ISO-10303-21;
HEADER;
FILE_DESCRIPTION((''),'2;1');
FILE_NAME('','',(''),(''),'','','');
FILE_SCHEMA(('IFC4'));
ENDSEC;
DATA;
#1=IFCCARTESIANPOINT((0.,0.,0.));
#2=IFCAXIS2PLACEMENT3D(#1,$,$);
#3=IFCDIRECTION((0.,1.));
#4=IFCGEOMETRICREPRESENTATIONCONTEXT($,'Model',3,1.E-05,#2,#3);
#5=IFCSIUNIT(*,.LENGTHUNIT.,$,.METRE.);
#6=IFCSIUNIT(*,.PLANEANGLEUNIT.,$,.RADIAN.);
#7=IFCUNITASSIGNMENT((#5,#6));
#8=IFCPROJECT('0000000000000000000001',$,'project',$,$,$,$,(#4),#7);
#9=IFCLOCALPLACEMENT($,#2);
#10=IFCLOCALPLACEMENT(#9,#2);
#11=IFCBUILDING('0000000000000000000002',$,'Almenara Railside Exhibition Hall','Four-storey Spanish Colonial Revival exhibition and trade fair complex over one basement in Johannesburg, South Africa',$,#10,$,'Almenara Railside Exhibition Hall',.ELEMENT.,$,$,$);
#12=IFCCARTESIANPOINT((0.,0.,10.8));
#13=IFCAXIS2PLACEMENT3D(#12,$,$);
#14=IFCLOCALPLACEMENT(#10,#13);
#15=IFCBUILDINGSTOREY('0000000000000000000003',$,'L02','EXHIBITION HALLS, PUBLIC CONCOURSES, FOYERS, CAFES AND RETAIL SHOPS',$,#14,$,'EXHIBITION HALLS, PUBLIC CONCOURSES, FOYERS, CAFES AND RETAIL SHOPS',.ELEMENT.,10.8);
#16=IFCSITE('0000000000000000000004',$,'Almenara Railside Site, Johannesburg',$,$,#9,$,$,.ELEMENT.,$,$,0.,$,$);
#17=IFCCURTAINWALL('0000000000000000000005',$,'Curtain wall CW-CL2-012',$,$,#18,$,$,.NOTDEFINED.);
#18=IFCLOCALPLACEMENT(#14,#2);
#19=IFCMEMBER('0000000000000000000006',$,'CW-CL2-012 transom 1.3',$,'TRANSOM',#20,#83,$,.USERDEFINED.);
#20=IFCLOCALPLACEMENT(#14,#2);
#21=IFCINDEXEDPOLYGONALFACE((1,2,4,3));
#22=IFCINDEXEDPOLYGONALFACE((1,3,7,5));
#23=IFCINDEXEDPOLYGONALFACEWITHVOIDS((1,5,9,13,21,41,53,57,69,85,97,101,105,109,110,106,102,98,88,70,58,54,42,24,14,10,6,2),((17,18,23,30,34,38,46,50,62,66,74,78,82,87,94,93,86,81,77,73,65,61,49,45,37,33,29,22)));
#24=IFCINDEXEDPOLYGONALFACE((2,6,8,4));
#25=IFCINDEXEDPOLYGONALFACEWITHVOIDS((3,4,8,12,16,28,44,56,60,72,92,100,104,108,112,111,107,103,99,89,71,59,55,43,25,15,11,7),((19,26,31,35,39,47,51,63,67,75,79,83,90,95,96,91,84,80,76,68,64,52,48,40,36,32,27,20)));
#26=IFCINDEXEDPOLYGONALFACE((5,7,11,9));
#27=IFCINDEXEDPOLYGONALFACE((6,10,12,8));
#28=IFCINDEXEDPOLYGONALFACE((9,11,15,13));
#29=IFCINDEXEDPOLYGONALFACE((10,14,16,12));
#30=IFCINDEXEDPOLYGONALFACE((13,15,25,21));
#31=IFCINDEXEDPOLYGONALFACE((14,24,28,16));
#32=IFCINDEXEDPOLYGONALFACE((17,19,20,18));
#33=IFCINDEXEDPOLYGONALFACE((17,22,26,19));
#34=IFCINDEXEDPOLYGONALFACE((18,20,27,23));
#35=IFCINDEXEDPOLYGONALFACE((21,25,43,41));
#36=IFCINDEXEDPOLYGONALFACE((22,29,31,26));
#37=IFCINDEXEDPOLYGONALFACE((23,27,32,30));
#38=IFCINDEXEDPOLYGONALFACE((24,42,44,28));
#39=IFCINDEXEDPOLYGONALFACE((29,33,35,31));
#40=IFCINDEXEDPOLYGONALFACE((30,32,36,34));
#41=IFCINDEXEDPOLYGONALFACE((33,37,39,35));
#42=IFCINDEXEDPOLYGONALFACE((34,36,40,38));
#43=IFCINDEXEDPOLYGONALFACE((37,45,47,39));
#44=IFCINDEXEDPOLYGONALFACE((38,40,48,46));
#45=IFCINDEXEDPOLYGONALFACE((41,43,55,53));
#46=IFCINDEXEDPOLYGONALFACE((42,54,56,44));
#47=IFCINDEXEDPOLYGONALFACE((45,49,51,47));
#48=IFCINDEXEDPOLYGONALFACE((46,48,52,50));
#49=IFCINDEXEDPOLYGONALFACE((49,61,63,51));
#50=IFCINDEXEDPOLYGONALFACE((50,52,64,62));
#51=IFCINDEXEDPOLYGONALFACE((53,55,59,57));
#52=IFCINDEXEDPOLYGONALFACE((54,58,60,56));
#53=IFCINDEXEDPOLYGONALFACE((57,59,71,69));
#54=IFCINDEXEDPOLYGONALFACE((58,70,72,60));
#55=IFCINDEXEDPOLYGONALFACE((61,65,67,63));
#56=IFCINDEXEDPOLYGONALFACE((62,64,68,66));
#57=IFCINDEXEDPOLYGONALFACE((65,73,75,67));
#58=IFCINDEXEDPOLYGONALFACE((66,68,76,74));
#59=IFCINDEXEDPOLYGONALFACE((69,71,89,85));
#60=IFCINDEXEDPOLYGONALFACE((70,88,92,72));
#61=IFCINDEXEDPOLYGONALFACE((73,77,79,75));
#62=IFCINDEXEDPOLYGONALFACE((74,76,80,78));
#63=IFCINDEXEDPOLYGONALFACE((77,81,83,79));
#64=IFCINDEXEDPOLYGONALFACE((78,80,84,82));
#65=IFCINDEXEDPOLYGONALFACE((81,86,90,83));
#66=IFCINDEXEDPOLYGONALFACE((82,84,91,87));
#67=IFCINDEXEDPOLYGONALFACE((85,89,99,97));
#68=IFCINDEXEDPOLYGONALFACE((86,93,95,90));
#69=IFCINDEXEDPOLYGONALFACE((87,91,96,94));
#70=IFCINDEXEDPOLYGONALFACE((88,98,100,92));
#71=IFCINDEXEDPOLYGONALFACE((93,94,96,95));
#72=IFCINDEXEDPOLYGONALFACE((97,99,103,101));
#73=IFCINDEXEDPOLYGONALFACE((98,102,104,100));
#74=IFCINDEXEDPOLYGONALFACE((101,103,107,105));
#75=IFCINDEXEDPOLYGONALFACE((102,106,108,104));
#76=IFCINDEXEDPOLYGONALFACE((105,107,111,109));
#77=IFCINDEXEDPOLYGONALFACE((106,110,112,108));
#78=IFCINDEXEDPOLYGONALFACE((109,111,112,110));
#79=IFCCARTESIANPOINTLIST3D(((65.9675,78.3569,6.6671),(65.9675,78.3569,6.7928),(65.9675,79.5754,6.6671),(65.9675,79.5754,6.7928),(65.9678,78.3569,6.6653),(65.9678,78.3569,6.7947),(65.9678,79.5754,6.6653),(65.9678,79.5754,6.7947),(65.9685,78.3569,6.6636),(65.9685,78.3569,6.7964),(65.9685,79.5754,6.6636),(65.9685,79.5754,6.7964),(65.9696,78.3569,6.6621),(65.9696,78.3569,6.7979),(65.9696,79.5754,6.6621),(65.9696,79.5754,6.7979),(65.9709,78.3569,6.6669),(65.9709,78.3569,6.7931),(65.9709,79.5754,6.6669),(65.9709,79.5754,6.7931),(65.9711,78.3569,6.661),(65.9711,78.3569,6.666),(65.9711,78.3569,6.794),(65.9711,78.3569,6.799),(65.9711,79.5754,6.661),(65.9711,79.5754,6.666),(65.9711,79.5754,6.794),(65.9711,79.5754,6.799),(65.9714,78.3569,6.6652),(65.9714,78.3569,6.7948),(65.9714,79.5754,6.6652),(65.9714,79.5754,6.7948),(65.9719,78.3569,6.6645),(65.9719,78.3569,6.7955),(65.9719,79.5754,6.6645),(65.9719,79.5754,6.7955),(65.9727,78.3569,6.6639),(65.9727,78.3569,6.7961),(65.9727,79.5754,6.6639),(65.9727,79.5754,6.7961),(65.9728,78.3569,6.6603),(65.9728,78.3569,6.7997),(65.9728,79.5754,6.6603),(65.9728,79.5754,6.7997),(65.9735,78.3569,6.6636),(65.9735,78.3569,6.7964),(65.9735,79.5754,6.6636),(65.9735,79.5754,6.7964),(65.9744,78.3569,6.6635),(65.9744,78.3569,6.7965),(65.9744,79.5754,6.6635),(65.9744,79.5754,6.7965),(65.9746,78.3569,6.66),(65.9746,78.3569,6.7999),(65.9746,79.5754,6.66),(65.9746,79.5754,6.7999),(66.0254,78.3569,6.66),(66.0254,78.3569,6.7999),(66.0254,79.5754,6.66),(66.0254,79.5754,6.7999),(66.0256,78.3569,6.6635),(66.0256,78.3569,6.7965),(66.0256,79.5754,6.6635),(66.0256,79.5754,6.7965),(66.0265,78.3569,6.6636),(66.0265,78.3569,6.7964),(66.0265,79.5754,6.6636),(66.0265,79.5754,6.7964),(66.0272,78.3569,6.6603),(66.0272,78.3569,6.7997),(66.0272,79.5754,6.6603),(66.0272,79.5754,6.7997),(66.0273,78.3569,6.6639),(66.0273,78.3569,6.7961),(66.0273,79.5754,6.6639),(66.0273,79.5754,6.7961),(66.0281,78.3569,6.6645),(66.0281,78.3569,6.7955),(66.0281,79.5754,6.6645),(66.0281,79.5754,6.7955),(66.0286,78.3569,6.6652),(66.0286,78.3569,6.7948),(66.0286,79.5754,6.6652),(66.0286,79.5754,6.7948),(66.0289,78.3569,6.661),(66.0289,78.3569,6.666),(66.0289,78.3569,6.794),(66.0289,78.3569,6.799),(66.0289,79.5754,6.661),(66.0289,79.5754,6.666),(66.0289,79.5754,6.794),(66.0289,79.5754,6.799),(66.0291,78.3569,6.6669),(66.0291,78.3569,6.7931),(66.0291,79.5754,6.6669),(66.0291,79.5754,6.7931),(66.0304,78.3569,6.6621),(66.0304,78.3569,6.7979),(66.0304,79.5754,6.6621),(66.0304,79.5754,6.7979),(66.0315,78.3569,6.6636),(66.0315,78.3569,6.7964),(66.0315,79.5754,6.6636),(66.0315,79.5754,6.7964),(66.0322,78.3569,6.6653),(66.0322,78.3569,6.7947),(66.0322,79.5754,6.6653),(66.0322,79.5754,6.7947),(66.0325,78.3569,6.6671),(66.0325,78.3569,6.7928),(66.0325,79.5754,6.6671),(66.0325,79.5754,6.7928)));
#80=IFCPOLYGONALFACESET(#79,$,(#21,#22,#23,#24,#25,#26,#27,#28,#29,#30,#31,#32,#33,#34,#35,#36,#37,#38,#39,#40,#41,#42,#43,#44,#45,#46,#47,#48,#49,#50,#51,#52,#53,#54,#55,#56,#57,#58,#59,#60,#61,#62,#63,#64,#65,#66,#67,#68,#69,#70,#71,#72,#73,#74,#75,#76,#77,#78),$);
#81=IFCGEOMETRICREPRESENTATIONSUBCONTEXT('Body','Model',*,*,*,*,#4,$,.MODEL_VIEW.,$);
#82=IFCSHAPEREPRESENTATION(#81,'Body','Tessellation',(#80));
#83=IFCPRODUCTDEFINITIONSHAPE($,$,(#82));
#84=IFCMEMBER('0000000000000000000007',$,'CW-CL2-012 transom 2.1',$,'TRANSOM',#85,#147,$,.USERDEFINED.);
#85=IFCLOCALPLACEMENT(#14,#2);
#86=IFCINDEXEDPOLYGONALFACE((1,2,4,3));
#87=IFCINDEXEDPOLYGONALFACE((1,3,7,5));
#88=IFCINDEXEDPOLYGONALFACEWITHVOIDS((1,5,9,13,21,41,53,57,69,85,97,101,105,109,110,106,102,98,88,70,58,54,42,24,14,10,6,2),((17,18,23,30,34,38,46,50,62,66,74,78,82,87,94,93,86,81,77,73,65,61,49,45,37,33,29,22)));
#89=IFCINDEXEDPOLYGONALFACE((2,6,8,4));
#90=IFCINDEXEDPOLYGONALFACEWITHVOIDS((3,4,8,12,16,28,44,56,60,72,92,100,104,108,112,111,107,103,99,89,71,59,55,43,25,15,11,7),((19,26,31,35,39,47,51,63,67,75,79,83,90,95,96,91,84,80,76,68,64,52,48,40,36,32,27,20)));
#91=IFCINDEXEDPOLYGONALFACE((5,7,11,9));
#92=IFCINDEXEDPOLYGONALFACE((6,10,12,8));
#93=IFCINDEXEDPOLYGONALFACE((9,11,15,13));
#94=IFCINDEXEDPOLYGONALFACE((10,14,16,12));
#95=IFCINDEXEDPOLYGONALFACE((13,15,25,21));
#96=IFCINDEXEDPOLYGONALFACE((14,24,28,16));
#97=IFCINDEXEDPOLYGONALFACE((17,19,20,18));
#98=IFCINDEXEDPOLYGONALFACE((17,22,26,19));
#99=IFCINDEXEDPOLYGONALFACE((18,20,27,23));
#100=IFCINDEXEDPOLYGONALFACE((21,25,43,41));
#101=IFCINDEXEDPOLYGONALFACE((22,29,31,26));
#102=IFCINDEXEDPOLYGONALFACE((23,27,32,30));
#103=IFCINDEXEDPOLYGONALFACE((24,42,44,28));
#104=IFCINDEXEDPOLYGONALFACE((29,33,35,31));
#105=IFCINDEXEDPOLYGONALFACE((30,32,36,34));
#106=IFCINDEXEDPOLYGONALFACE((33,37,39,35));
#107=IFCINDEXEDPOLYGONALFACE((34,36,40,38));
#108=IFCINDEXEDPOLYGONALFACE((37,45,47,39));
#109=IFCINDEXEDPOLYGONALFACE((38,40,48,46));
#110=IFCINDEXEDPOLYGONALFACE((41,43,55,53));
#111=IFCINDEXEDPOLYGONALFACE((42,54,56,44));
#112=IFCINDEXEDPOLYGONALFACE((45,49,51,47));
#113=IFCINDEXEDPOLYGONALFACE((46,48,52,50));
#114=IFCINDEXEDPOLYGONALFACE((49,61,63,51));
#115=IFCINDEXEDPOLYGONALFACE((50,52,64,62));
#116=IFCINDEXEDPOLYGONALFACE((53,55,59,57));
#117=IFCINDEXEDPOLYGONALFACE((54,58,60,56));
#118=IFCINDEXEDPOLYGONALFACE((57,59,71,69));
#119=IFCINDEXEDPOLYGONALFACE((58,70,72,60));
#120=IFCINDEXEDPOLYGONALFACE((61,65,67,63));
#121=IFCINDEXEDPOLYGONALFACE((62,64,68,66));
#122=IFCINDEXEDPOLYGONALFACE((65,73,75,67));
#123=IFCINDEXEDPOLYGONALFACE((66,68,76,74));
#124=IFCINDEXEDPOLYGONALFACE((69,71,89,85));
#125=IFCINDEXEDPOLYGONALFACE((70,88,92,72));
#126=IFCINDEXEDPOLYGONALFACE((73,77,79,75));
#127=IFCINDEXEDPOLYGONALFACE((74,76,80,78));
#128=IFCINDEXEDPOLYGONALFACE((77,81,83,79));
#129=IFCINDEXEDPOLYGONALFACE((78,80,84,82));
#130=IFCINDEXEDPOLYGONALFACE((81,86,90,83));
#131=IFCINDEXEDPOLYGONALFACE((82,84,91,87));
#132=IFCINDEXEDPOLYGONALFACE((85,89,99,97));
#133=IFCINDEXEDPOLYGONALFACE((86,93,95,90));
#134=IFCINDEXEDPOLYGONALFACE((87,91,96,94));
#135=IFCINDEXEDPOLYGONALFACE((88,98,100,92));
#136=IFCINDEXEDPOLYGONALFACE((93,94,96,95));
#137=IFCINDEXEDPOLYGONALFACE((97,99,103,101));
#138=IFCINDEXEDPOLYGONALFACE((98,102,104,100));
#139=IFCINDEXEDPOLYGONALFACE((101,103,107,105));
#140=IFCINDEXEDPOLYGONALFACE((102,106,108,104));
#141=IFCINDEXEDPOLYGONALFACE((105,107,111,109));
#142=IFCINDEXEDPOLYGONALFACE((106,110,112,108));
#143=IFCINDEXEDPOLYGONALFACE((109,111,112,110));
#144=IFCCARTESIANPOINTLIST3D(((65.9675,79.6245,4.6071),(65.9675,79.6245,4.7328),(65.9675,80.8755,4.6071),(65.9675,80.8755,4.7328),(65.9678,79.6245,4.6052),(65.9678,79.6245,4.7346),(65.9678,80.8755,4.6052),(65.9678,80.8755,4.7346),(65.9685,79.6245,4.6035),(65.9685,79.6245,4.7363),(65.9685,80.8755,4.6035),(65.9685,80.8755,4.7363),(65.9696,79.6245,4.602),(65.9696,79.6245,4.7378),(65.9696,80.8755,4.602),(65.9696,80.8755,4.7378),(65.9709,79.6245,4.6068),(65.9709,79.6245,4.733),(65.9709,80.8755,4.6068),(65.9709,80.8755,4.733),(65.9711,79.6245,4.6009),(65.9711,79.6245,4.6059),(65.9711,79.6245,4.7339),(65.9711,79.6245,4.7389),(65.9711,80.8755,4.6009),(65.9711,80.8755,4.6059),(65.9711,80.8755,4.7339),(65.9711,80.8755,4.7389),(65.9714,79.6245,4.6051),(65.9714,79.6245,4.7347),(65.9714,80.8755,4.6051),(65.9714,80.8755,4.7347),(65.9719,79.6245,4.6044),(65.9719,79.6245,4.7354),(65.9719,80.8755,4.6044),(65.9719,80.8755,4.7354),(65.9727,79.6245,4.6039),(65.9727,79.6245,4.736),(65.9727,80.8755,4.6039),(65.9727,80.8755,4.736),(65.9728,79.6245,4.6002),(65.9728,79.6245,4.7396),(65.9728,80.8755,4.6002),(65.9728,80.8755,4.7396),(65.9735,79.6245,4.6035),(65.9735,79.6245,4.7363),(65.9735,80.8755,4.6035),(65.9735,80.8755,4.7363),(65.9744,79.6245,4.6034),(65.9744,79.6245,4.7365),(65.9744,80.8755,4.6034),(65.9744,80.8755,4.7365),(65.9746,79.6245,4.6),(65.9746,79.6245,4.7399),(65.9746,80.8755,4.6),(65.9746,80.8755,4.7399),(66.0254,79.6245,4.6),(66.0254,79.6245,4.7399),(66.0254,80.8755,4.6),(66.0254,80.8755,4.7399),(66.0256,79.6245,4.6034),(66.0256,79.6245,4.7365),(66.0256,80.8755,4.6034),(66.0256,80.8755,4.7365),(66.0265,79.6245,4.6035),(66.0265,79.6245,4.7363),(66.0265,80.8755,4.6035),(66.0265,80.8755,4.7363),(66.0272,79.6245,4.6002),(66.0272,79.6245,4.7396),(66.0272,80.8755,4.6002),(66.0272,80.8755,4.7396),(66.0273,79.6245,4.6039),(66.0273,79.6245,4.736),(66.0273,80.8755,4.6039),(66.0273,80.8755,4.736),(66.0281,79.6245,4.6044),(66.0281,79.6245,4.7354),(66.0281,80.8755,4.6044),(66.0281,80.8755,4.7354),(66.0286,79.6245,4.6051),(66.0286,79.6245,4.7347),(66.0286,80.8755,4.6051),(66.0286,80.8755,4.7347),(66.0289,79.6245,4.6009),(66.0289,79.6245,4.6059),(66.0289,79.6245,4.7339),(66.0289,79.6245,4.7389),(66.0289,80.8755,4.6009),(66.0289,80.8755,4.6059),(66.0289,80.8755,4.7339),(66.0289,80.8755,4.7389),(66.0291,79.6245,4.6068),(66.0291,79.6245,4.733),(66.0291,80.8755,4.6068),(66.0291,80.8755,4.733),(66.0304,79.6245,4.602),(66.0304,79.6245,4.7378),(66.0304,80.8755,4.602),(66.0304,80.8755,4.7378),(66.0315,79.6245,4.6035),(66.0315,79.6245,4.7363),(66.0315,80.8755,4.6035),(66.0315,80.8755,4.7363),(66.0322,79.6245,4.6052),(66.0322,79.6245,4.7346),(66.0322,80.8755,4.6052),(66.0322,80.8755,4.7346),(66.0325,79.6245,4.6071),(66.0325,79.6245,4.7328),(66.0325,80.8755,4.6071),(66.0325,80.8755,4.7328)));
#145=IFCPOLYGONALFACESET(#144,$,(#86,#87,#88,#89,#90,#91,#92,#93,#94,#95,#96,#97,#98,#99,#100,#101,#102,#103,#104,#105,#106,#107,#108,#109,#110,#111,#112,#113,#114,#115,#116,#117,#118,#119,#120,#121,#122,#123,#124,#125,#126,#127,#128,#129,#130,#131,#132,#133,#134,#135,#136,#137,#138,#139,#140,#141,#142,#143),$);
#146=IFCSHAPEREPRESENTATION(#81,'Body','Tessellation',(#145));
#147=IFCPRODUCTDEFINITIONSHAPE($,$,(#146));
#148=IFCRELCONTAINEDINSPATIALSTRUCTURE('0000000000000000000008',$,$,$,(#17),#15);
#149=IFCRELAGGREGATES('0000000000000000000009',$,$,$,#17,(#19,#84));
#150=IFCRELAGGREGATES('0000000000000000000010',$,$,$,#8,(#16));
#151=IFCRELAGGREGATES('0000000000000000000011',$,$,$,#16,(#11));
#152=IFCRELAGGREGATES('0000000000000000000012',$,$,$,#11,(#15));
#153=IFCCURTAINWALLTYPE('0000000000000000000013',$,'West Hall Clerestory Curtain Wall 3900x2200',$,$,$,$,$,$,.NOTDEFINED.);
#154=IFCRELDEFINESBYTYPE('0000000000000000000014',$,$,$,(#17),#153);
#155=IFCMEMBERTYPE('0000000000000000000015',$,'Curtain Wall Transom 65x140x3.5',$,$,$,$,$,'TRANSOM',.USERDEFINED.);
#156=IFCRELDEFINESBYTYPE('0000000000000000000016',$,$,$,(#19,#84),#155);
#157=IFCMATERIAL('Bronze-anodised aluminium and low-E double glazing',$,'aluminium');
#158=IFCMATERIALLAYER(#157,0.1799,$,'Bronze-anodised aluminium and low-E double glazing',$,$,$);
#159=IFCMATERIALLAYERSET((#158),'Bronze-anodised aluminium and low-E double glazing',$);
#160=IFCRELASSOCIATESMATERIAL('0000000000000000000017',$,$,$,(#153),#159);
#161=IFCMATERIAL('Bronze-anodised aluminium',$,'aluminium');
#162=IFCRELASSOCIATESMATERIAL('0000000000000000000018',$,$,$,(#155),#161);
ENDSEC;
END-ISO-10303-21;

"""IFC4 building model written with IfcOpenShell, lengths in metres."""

from ifc_helpers import new_model, si_unit, direction, frame, origin, origin_2d, place, context, subcontext, project, spatial, hollow_rectangle, extrude, material, layer, layer_set, material_profile, profile_set, type_object, element, aggregate, save


model = new_model("IFC4")

# Units and contexts
model_context = context("Model", 3, precision=1e-05, world=origin(), true_north=direction((0.0, 1.0)))
body_context = subcontext(model_context, "Body", "Model", "MODEL_VIEW")
ifc_project = project(units=[si_unit("LENGTHUNIT", "METRE"), si_unit("PLANEANGLEUNIT", "RADIAN")], contexts=[model_context])

# Site, building, storey
site_placement = place(None, origin())
site = spatial("IfcSite", under=ifc_project, at=site_placement, Name="Almenara Railside Site, Johannesburg", CompositionType="ELEMENT", RefElevation=0.0)
building_placement = place(site_placement, origin())
building = spatial("IfcBuilding", under=site, at=building_placement, Name="Almenara Railside Exhibition Hall", Description="Four-storey Spanish Colonial Revival exhibition and trade fair complex over one basement in Johannesburg, South Africa", LongName="Almenara Railside Exhibition Hall", CompositionType="ELEMENT")
storey_placement = place(building_placement, frame((0.0, 0.0, 10.8)))
storey = spatial("IfcBuildingStorey", under=building, at=storey_placement, Name="L02", Description="EXHIBITION HALLS, PUBLIC CONCOURSES, FOYERS, CAFES AND RETAIL SHOPS", LongName="EXHIBITION HALLS, PUBLIC CONCOURSES, FOYERS, CAFES AND RETAIL SHOPS", CompositionType="ELEMENT", Elevation=10.8)

# Curtain wall
ifc_material_1 = material(Name="Bronze-anodised aluminium and low-E double glazing", Category="aluminium")
ifc_layer_1 = layer(ifc_material_1, 0.1799, Name="Bronze-anodised aluminium and low-E double glazing")
ifc_layer_set_1 = layer_set([ifc_layer_1], Name="Bronze-anodised aluminium and low-E double glazing")
curtain_wall_type = type_object("IfcCurtainWallType", Name="West Hall Clerestory Curtain Wall 3900x2200", PredefinedType="NOTDEFINED", material=ifc_layer_set_1)
curtain_wall_1_placement = place(storey_placement, origin())
curtain_wall_1 = element("IfcCurtainWall", 1, at=curtain_wall_1_placement, inside=storey, type_object=curtain_wall_type, Name="Curtain wall CW-CL2-012", PredefinedType="NOTDEFINED")
ifc_material_2 = material(Name="Bronze-anodised aluminium", Category="aluminium")

# Members
ifc_material_profile_1 = material_profile(ifc_material_2, hollow_rectangle(XDim=0.0649, YDim=0.1399, WallThickness=0.0034, InnerFilletRadius=0.0034, OuterFilletRadius=0.0071, at=origin_2d()), Name="ALU-TRN 65x140x3.5")
ifc_profile_set_1 = profile_set([ifc_material_profile_1], Name="Bronze-anodised aluminium")
member_type_1 = type_object("IfcMemberType", Name="Curtain Wall Transom 65x140x3.5", ElementType="TRANSOM", PredefinedType="USERDEFINED", material=ifc_profile_set_1)
member_1_placement = place(storey_placement, frame((66.0, 78.3569, 6.73), z_axis=(0.0, 1.0, 0.0), x_axis=(-1.0, 0.0, 0.0)))
member_1 = element("IfcMember", 2, at=member_1_placement, type_object=member_type_1, Name="CW-CL2-012 transom 1.3", ObjectType="TRANSOM", PredefinedType="USERDEFINED", context=body_context, shape_type="SweptSolid", body=[
    extrude(hollow_rectangle(XDim=0.0649, YDim=0.1399, WallThickness=0.0034, InnerFilletRadius=0.0034, OuterFilletRadius=0.0071, at=origin_2d()), origin(), (0.0, 0.0, 1.0), 1.2185),
])
member_2_placement = place(storey_placement, frame((66.0, 79.6245, 4.6699), z_axis=(0.0, 1.0, 0.0), x_axis=(-1.0, 0.0, 0.0)))
member_2 = element("IfcMember", 3, at=member_2_placement, type_object=member_type_1, Name="CW-CL2-012 transom 2.1", ObjectType="TRANSOM", PredefinedType="USERDEFINED", context=body_context, shape_type="SweptSolid", body=[
    extrude(hollow_rectangle(XDim=0.0649, YDim=0.1399, WallThickness=0.0034, InnerFilletRadius=0.0034, OuterFilletRadius=0.0071, at=origin_2d()), origin(), (0.0, 0.0, 1.0), 1.251),
])

aggregate(curtain_wall_1, [member_1, member_2])

save(model, "model.ifc")
